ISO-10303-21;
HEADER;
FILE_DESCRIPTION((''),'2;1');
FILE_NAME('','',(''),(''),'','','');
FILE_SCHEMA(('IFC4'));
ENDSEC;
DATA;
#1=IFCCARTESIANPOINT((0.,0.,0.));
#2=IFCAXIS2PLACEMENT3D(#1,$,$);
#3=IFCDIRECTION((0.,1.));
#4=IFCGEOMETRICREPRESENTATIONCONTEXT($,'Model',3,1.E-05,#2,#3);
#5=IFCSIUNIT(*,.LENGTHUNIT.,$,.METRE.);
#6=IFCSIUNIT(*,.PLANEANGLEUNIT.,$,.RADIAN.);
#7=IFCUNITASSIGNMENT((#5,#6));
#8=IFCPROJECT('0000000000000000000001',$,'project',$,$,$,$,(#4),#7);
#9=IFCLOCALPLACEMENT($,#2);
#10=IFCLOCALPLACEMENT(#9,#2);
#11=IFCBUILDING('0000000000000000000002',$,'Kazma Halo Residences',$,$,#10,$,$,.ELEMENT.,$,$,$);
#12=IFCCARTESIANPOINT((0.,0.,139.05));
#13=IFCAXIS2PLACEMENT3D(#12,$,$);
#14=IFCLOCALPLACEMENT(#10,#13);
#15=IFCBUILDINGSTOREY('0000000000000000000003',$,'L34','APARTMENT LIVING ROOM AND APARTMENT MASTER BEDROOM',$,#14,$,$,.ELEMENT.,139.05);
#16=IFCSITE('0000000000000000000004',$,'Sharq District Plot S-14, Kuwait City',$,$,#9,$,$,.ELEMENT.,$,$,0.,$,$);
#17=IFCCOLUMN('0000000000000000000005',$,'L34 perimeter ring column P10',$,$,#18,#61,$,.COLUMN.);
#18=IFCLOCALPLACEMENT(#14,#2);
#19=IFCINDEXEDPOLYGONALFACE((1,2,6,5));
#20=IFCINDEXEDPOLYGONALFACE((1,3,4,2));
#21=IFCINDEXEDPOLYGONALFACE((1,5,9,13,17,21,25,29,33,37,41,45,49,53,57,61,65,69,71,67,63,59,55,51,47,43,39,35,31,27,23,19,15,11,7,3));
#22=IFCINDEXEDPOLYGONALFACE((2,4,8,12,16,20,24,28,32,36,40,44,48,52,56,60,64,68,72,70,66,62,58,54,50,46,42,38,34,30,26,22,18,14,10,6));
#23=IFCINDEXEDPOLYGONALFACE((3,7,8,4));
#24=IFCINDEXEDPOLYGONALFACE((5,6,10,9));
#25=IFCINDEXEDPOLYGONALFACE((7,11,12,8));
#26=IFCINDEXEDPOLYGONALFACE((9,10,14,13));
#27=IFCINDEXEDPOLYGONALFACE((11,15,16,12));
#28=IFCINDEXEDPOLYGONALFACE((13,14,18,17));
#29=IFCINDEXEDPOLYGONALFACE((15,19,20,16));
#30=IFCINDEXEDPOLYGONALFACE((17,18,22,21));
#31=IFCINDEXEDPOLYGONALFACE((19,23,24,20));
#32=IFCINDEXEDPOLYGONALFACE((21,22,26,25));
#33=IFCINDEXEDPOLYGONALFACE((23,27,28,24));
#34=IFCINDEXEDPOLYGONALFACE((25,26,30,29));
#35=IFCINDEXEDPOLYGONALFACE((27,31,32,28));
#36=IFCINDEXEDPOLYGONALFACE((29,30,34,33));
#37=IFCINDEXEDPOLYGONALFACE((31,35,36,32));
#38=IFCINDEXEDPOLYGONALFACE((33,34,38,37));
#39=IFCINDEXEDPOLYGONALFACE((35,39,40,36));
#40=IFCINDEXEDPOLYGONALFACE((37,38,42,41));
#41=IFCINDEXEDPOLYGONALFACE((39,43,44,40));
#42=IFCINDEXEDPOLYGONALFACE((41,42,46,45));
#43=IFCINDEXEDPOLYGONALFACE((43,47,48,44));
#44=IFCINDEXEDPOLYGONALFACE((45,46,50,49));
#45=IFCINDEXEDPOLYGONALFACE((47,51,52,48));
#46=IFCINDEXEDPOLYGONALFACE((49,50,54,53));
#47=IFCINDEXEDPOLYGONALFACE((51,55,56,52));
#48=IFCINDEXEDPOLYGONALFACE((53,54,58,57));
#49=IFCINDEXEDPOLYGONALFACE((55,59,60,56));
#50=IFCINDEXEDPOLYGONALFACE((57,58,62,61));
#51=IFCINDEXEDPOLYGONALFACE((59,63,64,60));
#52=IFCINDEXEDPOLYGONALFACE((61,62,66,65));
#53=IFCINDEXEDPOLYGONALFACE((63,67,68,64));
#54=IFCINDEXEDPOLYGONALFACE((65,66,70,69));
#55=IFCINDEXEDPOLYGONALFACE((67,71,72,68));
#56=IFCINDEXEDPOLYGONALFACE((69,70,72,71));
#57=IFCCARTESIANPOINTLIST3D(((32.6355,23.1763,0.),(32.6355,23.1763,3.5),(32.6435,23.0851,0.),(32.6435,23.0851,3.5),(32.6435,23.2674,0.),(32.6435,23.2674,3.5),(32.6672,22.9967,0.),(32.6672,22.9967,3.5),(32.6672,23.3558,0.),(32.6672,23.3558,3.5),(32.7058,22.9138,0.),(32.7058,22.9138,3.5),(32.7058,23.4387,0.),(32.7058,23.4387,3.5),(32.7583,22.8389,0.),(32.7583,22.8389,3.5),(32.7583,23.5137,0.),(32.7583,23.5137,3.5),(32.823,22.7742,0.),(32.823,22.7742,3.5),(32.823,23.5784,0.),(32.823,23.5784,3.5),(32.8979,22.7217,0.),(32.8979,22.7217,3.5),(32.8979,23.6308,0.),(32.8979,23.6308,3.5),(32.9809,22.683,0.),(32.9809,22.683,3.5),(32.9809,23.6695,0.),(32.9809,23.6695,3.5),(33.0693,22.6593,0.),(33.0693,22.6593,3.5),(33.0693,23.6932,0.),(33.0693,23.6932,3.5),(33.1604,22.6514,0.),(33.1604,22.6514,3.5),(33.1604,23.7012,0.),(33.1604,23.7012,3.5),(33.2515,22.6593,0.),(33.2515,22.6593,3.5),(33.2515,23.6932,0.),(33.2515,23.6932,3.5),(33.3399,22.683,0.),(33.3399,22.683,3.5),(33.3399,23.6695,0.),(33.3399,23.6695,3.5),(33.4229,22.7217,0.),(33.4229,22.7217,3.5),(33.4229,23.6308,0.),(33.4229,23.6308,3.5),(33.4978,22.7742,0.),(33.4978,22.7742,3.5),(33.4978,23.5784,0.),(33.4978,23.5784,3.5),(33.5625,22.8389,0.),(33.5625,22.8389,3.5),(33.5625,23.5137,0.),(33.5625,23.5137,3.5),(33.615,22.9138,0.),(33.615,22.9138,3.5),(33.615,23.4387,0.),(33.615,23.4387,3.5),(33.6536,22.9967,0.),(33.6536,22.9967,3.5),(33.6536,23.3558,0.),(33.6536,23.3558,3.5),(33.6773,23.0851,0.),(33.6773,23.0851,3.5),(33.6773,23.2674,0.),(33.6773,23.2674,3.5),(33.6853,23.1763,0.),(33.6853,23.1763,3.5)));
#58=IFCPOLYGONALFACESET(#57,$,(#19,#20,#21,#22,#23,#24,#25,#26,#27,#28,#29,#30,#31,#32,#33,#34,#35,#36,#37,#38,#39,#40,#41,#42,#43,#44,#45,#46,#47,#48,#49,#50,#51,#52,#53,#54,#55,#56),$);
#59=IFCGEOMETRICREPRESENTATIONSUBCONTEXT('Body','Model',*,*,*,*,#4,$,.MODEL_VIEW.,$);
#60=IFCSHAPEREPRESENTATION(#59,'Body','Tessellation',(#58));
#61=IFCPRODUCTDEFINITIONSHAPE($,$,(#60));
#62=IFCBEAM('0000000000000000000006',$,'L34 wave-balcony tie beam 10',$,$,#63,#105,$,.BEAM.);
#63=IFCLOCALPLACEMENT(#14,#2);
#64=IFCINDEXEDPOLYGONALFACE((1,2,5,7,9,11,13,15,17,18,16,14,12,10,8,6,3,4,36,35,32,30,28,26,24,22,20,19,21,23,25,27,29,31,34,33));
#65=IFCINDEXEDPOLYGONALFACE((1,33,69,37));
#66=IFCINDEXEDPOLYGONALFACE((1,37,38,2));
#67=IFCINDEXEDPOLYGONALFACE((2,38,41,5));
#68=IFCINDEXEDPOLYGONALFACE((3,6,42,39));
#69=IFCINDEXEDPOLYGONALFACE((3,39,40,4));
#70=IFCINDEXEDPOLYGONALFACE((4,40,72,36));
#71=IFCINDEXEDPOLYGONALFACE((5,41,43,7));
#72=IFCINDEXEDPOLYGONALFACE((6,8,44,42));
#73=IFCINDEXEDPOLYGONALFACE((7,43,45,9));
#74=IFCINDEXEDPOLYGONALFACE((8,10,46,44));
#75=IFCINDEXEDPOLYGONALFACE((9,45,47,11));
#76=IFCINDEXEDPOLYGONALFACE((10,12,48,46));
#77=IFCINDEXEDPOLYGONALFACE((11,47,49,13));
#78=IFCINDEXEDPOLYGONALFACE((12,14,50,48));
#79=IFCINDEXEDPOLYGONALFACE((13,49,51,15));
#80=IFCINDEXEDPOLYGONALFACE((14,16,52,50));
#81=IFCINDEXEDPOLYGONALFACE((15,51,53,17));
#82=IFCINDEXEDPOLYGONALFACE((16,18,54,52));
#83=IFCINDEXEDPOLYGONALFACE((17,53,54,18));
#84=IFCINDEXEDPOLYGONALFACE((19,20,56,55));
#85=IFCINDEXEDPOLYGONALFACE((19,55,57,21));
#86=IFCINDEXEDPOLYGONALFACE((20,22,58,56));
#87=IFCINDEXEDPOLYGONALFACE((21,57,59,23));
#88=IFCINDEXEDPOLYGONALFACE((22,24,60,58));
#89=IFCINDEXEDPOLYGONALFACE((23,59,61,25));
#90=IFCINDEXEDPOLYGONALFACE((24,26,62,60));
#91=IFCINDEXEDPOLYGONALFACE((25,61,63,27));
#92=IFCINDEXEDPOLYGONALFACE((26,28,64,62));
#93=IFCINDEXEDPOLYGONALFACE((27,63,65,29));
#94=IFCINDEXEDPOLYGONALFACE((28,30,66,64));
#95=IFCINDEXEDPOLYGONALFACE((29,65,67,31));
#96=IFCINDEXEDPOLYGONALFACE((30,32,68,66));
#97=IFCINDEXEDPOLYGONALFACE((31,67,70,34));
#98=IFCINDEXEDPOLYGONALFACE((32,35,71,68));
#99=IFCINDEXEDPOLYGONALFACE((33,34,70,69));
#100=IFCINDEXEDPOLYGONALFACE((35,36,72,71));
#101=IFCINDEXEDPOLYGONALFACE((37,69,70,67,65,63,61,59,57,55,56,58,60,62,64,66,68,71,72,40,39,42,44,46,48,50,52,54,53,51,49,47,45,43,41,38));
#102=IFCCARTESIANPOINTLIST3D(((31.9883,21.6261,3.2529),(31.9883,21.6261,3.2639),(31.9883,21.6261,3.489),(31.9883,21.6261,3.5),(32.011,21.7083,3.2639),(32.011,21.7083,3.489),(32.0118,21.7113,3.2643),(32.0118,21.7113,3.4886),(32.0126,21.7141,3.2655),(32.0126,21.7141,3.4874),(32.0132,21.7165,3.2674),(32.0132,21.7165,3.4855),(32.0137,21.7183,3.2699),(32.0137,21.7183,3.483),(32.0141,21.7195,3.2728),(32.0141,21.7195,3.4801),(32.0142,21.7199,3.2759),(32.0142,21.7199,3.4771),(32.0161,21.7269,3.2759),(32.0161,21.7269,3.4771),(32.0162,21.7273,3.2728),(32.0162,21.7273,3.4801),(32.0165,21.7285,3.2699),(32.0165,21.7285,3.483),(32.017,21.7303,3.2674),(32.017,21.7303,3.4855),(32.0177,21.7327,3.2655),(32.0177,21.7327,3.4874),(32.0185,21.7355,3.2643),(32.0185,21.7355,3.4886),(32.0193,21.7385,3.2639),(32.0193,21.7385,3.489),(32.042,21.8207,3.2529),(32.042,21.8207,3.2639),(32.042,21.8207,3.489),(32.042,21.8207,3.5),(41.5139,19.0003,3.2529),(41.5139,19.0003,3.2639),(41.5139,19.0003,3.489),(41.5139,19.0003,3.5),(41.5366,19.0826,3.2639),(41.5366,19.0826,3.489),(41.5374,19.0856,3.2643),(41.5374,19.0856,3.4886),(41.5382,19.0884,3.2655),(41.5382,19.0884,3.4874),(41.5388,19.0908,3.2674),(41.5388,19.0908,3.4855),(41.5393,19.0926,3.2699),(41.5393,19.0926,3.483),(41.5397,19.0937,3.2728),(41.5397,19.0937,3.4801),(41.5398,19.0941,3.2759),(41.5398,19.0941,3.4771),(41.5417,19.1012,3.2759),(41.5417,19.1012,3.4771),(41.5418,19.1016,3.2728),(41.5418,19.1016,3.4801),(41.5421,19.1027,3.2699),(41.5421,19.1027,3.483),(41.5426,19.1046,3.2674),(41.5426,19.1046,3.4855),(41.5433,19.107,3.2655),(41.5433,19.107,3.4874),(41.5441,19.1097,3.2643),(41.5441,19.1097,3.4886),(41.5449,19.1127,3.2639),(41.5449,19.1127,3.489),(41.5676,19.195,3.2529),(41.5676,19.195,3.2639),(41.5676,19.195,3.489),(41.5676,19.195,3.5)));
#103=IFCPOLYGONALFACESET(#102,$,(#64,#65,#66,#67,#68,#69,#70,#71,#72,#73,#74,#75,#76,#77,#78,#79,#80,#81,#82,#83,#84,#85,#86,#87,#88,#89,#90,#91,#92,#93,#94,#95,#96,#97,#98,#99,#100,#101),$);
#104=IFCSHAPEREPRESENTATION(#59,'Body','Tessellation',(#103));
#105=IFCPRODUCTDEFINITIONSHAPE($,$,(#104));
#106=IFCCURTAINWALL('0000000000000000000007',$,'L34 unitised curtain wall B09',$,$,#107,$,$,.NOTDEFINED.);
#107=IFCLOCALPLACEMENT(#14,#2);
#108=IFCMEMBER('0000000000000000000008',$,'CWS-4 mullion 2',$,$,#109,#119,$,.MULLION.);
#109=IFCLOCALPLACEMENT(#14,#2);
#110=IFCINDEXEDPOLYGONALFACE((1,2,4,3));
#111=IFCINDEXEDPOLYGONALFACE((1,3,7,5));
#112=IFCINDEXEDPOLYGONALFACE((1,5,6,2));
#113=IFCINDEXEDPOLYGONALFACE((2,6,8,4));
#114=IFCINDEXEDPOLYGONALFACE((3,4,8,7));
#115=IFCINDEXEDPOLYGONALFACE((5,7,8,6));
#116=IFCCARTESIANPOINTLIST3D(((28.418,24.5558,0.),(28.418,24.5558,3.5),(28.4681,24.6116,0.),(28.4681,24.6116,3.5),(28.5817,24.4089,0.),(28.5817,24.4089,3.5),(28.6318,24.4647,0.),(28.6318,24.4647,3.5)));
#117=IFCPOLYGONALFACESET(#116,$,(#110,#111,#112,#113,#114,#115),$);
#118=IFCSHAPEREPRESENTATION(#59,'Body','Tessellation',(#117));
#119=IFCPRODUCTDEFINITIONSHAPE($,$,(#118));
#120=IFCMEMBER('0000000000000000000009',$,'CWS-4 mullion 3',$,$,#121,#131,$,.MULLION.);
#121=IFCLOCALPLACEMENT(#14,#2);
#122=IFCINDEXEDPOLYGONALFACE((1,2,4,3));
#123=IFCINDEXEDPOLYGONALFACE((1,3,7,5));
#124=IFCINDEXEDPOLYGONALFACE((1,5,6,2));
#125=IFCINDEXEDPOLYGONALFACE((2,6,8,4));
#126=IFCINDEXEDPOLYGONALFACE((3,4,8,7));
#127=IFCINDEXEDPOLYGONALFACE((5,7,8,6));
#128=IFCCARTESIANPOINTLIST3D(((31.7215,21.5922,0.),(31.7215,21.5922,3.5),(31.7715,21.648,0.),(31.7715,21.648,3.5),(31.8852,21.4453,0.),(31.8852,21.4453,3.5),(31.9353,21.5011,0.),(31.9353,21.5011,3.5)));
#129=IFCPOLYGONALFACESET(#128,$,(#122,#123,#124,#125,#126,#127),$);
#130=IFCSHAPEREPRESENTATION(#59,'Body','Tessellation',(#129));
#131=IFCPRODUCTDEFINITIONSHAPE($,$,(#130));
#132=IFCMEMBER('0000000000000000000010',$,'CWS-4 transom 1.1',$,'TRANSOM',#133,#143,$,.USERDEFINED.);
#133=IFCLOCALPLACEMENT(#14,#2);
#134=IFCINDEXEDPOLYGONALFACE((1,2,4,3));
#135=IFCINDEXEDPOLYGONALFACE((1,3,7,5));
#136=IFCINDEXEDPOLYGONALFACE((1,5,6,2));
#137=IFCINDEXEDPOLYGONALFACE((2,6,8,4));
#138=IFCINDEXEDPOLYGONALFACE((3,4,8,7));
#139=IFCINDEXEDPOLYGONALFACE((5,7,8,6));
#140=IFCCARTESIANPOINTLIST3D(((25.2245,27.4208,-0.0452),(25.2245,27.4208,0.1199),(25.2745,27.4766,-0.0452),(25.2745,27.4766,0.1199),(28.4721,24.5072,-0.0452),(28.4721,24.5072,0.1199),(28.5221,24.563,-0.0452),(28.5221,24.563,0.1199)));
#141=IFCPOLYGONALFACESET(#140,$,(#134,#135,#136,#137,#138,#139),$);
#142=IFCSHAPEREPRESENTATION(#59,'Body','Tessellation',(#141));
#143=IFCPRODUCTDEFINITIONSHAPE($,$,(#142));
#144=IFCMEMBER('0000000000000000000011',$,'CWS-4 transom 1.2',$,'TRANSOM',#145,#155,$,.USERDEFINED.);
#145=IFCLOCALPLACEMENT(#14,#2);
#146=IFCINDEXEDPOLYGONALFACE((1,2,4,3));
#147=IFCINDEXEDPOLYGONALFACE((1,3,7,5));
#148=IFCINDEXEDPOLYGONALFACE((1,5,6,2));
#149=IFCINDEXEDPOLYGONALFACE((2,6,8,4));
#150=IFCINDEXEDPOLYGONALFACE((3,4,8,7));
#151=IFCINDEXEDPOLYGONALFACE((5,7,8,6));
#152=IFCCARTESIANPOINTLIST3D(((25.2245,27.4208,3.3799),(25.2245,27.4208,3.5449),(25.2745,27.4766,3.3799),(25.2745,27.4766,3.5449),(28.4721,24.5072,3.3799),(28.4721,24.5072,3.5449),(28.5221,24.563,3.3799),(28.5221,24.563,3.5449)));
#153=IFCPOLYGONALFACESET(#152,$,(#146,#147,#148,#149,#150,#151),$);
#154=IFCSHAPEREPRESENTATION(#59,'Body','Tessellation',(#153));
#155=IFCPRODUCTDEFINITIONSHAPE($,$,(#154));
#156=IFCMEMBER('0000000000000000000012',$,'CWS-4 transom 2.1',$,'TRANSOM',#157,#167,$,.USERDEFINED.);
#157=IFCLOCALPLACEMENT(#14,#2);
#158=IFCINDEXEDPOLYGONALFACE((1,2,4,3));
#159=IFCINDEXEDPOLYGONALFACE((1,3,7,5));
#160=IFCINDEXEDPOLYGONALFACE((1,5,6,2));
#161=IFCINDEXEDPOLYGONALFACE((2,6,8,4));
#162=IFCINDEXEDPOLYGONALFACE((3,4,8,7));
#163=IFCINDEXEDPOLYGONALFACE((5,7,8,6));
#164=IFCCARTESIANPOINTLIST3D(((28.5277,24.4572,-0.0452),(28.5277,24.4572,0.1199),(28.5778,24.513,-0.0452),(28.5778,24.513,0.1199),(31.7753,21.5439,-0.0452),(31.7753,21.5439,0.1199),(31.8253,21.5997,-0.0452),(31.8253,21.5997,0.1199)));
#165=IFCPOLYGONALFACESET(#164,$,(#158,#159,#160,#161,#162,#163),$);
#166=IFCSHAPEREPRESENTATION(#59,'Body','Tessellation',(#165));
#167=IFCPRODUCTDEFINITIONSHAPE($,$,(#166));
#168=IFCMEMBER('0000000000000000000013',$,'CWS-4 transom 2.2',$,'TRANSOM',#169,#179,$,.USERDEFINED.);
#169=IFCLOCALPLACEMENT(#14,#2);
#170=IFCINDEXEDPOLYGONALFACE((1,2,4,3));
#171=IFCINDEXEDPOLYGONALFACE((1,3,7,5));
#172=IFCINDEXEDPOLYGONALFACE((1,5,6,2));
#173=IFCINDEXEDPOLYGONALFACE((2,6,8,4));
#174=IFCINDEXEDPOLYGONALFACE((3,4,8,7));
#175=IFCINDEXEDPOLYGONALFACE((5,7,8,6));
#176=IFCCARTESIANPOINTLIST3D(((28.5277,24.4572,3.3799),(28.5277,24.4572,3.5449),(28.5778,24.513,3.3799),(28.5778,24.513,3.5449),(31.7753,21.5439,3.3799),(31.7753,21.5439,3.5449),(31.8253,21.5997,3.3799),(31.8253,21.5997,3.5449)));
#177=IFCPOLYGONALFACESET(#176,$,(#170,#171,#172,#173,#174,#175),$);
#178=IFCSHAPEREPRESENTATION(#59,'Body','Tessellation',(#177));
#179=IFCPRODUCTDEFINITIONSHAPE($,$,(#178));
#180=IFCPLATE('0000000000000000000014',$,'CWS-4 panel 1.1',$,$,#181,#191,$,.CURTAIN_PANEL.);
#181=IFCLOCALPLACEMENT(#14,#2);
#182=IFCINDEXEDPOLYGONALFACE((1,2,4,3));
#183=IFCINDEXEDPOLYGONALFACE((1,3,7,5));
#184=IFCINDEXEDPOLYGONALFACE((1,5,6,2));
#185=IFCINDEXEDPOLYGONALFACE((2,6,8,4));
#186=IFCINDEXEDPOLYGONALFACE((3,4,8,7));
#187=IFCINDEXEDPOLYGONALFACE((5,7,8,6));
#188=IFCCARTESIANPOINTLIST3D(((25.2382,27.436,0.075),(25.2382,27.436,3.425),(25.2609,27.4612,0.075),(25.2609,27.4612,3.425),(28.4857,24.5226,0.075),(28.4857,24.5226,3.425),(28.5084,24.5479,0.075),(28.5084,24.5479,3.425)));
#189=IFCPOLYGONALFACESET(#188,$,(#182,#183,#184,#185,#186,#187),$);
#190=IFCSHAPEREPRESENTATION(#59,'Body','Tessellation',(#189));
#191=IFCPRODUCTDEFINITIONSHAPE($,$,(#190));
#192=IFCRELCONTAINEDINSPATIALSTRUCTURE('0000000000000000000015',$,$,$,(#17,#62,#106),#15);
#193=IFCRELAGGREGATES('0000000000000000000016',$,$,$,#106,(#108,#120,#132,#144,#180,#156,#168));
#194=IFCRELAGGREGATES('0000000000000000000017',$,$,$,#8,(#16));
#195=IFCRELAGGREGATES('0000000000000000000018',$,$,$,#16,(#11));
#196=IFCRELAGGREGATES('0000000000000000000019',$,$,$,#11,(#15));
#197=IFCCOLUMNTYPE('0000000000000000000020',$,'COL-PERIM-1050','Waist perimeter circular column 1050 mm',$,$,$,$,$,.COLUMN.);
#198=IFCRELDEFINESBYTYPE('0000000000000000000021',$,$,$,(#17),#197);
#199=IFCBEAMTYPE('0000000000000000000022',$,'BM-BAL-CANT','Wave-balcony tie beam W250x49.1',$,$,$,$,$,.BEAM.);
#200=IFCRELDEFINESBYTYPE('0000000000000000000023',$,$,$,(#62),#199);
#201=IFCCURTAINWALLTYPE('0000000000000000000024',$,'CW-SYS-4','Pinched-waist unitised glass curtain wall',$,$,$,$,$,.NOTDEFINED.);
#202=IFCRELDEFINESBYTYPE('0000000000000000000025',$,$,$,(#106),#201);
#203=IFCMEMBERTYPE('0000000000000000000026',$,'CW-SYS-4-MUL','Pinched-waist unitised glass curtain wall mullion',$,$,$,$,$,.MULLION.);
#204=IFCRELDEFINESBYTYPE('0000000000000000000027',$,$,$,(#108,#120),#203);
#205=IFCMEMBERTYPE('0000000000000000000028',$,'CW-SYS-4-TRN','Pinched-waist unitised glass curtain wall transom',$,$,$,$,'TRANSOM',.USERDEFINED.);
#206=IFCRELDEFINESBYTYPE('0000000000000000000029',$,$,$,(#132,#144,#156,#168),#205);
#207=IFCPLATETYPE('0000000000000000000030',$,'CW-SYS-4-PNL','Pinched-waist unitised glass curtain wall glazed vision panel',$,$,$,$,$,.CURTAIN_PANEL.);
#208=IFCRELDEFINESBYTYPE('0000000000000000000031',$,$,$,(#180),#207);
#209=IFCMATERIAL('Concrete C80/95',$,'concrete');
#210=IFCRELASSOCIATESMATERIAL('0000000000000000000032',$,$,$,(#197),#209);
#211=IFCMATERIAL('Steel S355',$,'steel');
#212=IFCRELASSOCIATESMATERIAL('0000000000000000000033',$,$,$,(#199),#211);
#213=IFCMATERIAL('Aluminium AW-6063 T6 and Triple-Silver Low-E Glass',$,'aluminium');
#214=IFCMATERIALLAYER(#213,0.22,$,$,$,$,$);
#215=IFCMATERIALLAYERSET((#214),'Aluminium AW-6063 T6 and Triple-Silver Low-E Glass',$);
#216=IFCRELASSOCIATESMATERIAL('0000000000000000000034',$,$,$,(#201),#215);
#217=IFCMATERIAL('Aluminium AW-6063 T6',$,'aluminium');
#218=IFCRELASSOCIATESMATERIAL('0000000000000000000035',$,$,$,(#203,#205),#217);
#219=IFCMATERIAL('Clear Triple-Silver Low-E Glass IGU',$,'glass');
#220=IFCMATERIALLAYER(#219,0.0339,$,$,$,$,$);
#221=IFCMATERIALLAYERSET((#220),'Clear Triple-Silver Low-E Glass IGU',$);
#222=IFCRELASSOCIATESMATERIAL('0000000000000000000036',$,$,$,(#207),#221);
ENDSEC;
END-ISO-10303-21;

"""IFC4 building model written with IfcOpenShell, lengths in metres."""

from ifc_helpers import new_model, si_unit, direction, frame, origin, origin_2d, place, context, subcontext, project, spatial, rectangle, circle, i_section, extrude, material, layer, layer_set, material_profile, profile_set, type_object, element, aggregate, save


model = new_model("IFC4")

# Units and contexts
model_context = context("Model", 3, precision=1e-05, world=origin(), true_north=direction((0.0, 1.0)))
body_context = subcontext(model_context, "Body", "Model", "MODEL_VIEW")
ifc_project = project(units=[si_unit("LENGTHUNIT", "METRE"), si_unit("PLANEANGLEUNIT", "RADIAN")], contexts=[model_context])

# Site, building, storey
site_placement = place(None, origin())
site = spatial("IfcSite", under=ifc_project, at=site_placement, Name="Sharq District Plot S-14, Kuwait City", CompositionType="ELEMENT", RefElevation=0.0)
building_placement = place(site_placement, origin())
building = spatial("IfcBuilding", under=site, at=building_placement, Name="Kazma Halo Residences", CompositionType="ELEMENT")
storey_placement = place(building_placement, frame((0.0, 0.0, 139.05)))
storey = spatial("IfcBuildingStorey", under=building, at=storey_placement, Name="L34", Description="APARTMENT LIVING ROOM AND APARTMENT MASTER BEDROOM", CompositionType="ELEMENT", Elevation=139.05)

# Column
ifc_material_1 = material(Name="Concrete C80/95", Category="concrete")
ifc_material_profile_1 = material_profile(ifc_material_1, circle(Radius=0.5249, at=origin_2d()), Name="CIRC1050")
ifc_profile_set_1 = profile_set([ifc_material_profile_1], Name="Concrete C80/95")
column_type = type_object("IfcColumnType", Name="COL-PERIM-1050", Description="Waist perimeter circular column 1050 mm", PredefinedType="COLUMN", material=ifc_profile_set_1)
column_placement = place(storey_placement, frame((33.1604, 23.1763, 0.0), z_axis=(0.0, 0.0, 1.0), x_axis=(1.0, 0.0, 0.0)))
element("IfcColumn", 1, at=column_placement, inside=storey, type_object=column_type, Name="L34 perimeter ring column P10", PredefinedType="COLUMN", context=body_context, shape_type="SweptSolid", body=[
    extrude(circle(Radius=0.5249, at=origin_2d()), origin(), (0.0, 0.0, 1.0), 3.5),
])

# Beam
ifc_material_2 = material(Name="Steel S355", Category="steel")
ifc_material_profile_2 = material_profile(ifc_material_2, i_section(OverallWidth=0.2019, OverallDepth=0.2471, WebThickness=0.0073, FlangeThickness=0.011, FilletRadius=0.012, at=origin_2d()), Name="W250x49.1")
ifc_profile_set_2 = profile_set([ifc_material_profile_2], Name="Steel S355")
beam_type = type_object("IfcBeamType", Name="BM-BAL-CANT", Description="Wave-balcony tie beam W250x49.1", PredefinedType="BEAM", material=ifc_profile_set_2)
beam_placement = place(storey_placement, frame((32.0151, 21.7234, 3.3765), z_axis=(0.964045, -0.265738, 0.0), x_axis=(0.265738, 0.964045, 0.0)))
element("IfcBeam", 2, at=beam_placement, inside=storey, type_object=beam_type, Name="L34 wave-balcony tie beam 10", PredefinedType="BEAM", context=body_context, shape_type="SweptSolid", body=[
    extrude(i_section(OverallWidth=0.2019, OverallDepth=0.2471, WebThickness=0.0073, FlangeThickness=0.011, FilletRadius=0.012, at=origin_2d()), origin(), (0.0, 0.0, 1.0), 9.8809),
])

# Curtain wall, members, plate
ifc_material_3 = material(Name="Aluminium AW-6063 T6 and Triple-Silver Low-E Glass", Category="aluminium")
ifc_layer_1 = layer(ifc_material_3, 0.22)
ifc_layer_set_1 = layer_set([ifc_layer_1], Name="Aluminium AW-6063 T6 and Triple-Silver Low-E Glass")
curtain_wall_type = type_object("IfcCurtainWallType", Name="CW-SYS-4", Description="Pinched-waist unitised glass curtain wall", PredefinedType="NOTDEFINED", material=ifc_layer_set_1)
curtain_wall_placement = place(storey_placement, origin())
curtain_wall = element("IfcCurtainWall", 3, at=curtain_wall_placement, inside=storey, type_object=curtain_wall_type, Name="L34 unitised curtain wall B09", PredefinedType="NOTDEFINED")
ifc_material_4 = material(Name="Aluminium AW-6063 T6", Category="aluminium")
ifc_material_profile_3 = material_profile(ifc_material_4, rectangle(XDim=0.075, YDim=0.22, at=origin_2d()), Name="CWM-75x220")
ifc_profile_set_3 = profile_set([ifc_material_profile_3], Name="Aluminium AW-6063 T6")
member_type_1 = type_object("IfcMemberType", Name="CW-SYS-4-MUL", Description="Pinched-waist unitised glass curtain wall mullion", PredefinedType="MULLION", material=ifc_profile_set_3)
member_1_placement = place(storey_placement, frame((28.5249, 24.5103, 0.0), z_axis=(0.0, 0.0, 1.0), x_axis=(0.66777, 0.744368, 0.0)))
member_1 = element("IfcMember", 4, at=member_1_placement, type_object=member_type_1, Name="CWS-4 mullion 2", PredefinedType="MULLION", context=body_context, shape_type="SweptSolid", body=[
    extrude(rectangle(XDim=0.075, YDim=0.22, at=origin_2d()), origin(), (0.0, 0.0, 1.0), 3.5),
])
member_2_placement = place(storey_placement, frame((31.8284, 21.5466, 0.0), z_axis=(0.0, 0.0, 1.0), x_axis=(0.66777, 0.744368, 0.0)))
member_2 = element("IfcMember", 5, at=member_2_placement, type_object=member_type_1, Name="CWS-4 mullion 3", PredefinedType="MULLION", context=body_context, shape_type="SweptSolid", body=[
    extrude(rectangle(XDim=0.075, YDim=0.22, at=origin_2d()), origin(), (0.0, 0.0, 1.0), 3.5),
])
ifc_material_profile_4 = material_profile(ifc_material_4, rectangle(XDim=0.075, YDim=0.165, at=origin_2d()), Name="CWT-75x165")
ifc_profile_set_4 = profile_set([ifc_material_profile_4], Name="Aluminium AW-6063 T6")
member_type_2 = type_object("IfcMemberType", Name="CW-SYS-4-TRN", Description="Pinched-waist unitised glass curtain wall transom", ElementType="TRANSOM", PredefinedType="USERDEFINED", material=ifc_profile_set_4)
member_3_placement = place(storey_placement, frame((25.2495, 27.4487, 0.0374), z_axis=(0.744345, -0.667795, 0.0), x_axis=(0.667795, 0.744345, 0.0)))
member_3 = element("IfcMember", 6, at=member_3_placement, type_object=member_type_2, Name="CWS-4 transom 1.1", ObjectType="TRANSOM", PredefinedType="USERDEFINED", context=body_context, shape_type="SweptSolid", body=[
    extrude(rectangle(XDim=0.075, YDim=0.165, at=origin_2d()), origin(), (0.0, 0.0, 1.0), 4.363),
])
member_4_placement = place(storey_placement, frame((25.2495, 27.4487, 3.4624), z_axis=(0.744345, -0.667795, 0.0), x_axis=(0.667795, 0.744345, 0.0)))
member_4 = element("IfcMember", 7, at=member_4_placement, type_object=member_type_2, Name="CWS-4 transom 1.2", ObjectType="TRANSOM", PredefinedType="USERDEFINED", context=body_context, shape_type="SweptSolid", body=[
    extrude(rectangle(XDim=0.075, YDim=0.165, at=origin_2d()), origin(), (0.0, 0.0, 1.0), 4.363),
])
member_5_placement = place(storey_placement, frame((28.5527, 24.4851, 0.0374), z_axis=(0.744373, -0.667764, 0.0), x_axis=(0.667764, 0.744373, 0.0)))
member_5 = element("IfcMember", 8, at=member_5_placement, type_object=member_type_2, Name="CWS-4 transom 2.1", ObjectType="TRANSOM", PredefinedType="USERDEFINED", context=body_context, shape_type="SweptSolid", body=[
    extrude(rectangle(XDim=0.075, YDim=0.165, at=origin_2d()), origin(), (0.0, 0.0, 1.0), 4.3628),
])
member_6_placement = place(storey_placement, frame((28.5527, 24.4851, 3.4624), z_axis=(0.744373, -0.667764, 0.0), x_axis=(0.667764, 0.744373, 0.0)))
member_6 = element("IfcMember", 9, at=member_6_placement, type_object=member_type_2, Name="CWS-4 transom 2.2", ObjectType="TRANSOM", PredefinedType="USERDEFINED", context=body_context, shape_type="SweptSolid", body=[
    extrude(rectangle(XDim=0.075, YDim=0.165, at=origin_2d()), origin(), (0.0, 0.0, 1.0), 4.3628),
])
ifc_material_5 = material(Name="Clear Triple-Silver Low-E Glass IGU", Category="glass")
ifc_layer_2 = layer(ifc_material_5, 0.0339)
ifc_layer_set_2 = layer_set([ifc_layer_2], Name="Clear Triple-Silver Low-E Glass IGU")
plate_type = type_object("IfcPlateType", Name="CW-SYS-4-PNL", Description="Pinched-waist unitised glass curtain wall glazed vision panel", PredefinedType="CURTAIN_PANEL", material=ifc_layer_set_2)
plate_1_placement = place(storey_placement, frame((26.8733, 25.9919, 0.075), z_axis=(0.0, 0.0, 1.0), x_axis=(0.744368, -0.66777, 0.0)))
plate_1 = element("IfcPlate", 10, at=plate_1_placement, type_object=plate_type, Name="CWS-4 panel 1.1", PredefinedType="CURTAIN_PANEL", context=body_context, shape_type="SweptSolid", body=[
    extrude(rectangle(XDim=4.3628, YDim=0.0339, at=origin_2d()), origin(), (0.0, 0.0, 1.0), 3.3501),
])
aggregate(curtain_wall, [member_1, member_2, member_3, member_4, plate_1, member_5, member_6])

save(model, "model.ifc")
